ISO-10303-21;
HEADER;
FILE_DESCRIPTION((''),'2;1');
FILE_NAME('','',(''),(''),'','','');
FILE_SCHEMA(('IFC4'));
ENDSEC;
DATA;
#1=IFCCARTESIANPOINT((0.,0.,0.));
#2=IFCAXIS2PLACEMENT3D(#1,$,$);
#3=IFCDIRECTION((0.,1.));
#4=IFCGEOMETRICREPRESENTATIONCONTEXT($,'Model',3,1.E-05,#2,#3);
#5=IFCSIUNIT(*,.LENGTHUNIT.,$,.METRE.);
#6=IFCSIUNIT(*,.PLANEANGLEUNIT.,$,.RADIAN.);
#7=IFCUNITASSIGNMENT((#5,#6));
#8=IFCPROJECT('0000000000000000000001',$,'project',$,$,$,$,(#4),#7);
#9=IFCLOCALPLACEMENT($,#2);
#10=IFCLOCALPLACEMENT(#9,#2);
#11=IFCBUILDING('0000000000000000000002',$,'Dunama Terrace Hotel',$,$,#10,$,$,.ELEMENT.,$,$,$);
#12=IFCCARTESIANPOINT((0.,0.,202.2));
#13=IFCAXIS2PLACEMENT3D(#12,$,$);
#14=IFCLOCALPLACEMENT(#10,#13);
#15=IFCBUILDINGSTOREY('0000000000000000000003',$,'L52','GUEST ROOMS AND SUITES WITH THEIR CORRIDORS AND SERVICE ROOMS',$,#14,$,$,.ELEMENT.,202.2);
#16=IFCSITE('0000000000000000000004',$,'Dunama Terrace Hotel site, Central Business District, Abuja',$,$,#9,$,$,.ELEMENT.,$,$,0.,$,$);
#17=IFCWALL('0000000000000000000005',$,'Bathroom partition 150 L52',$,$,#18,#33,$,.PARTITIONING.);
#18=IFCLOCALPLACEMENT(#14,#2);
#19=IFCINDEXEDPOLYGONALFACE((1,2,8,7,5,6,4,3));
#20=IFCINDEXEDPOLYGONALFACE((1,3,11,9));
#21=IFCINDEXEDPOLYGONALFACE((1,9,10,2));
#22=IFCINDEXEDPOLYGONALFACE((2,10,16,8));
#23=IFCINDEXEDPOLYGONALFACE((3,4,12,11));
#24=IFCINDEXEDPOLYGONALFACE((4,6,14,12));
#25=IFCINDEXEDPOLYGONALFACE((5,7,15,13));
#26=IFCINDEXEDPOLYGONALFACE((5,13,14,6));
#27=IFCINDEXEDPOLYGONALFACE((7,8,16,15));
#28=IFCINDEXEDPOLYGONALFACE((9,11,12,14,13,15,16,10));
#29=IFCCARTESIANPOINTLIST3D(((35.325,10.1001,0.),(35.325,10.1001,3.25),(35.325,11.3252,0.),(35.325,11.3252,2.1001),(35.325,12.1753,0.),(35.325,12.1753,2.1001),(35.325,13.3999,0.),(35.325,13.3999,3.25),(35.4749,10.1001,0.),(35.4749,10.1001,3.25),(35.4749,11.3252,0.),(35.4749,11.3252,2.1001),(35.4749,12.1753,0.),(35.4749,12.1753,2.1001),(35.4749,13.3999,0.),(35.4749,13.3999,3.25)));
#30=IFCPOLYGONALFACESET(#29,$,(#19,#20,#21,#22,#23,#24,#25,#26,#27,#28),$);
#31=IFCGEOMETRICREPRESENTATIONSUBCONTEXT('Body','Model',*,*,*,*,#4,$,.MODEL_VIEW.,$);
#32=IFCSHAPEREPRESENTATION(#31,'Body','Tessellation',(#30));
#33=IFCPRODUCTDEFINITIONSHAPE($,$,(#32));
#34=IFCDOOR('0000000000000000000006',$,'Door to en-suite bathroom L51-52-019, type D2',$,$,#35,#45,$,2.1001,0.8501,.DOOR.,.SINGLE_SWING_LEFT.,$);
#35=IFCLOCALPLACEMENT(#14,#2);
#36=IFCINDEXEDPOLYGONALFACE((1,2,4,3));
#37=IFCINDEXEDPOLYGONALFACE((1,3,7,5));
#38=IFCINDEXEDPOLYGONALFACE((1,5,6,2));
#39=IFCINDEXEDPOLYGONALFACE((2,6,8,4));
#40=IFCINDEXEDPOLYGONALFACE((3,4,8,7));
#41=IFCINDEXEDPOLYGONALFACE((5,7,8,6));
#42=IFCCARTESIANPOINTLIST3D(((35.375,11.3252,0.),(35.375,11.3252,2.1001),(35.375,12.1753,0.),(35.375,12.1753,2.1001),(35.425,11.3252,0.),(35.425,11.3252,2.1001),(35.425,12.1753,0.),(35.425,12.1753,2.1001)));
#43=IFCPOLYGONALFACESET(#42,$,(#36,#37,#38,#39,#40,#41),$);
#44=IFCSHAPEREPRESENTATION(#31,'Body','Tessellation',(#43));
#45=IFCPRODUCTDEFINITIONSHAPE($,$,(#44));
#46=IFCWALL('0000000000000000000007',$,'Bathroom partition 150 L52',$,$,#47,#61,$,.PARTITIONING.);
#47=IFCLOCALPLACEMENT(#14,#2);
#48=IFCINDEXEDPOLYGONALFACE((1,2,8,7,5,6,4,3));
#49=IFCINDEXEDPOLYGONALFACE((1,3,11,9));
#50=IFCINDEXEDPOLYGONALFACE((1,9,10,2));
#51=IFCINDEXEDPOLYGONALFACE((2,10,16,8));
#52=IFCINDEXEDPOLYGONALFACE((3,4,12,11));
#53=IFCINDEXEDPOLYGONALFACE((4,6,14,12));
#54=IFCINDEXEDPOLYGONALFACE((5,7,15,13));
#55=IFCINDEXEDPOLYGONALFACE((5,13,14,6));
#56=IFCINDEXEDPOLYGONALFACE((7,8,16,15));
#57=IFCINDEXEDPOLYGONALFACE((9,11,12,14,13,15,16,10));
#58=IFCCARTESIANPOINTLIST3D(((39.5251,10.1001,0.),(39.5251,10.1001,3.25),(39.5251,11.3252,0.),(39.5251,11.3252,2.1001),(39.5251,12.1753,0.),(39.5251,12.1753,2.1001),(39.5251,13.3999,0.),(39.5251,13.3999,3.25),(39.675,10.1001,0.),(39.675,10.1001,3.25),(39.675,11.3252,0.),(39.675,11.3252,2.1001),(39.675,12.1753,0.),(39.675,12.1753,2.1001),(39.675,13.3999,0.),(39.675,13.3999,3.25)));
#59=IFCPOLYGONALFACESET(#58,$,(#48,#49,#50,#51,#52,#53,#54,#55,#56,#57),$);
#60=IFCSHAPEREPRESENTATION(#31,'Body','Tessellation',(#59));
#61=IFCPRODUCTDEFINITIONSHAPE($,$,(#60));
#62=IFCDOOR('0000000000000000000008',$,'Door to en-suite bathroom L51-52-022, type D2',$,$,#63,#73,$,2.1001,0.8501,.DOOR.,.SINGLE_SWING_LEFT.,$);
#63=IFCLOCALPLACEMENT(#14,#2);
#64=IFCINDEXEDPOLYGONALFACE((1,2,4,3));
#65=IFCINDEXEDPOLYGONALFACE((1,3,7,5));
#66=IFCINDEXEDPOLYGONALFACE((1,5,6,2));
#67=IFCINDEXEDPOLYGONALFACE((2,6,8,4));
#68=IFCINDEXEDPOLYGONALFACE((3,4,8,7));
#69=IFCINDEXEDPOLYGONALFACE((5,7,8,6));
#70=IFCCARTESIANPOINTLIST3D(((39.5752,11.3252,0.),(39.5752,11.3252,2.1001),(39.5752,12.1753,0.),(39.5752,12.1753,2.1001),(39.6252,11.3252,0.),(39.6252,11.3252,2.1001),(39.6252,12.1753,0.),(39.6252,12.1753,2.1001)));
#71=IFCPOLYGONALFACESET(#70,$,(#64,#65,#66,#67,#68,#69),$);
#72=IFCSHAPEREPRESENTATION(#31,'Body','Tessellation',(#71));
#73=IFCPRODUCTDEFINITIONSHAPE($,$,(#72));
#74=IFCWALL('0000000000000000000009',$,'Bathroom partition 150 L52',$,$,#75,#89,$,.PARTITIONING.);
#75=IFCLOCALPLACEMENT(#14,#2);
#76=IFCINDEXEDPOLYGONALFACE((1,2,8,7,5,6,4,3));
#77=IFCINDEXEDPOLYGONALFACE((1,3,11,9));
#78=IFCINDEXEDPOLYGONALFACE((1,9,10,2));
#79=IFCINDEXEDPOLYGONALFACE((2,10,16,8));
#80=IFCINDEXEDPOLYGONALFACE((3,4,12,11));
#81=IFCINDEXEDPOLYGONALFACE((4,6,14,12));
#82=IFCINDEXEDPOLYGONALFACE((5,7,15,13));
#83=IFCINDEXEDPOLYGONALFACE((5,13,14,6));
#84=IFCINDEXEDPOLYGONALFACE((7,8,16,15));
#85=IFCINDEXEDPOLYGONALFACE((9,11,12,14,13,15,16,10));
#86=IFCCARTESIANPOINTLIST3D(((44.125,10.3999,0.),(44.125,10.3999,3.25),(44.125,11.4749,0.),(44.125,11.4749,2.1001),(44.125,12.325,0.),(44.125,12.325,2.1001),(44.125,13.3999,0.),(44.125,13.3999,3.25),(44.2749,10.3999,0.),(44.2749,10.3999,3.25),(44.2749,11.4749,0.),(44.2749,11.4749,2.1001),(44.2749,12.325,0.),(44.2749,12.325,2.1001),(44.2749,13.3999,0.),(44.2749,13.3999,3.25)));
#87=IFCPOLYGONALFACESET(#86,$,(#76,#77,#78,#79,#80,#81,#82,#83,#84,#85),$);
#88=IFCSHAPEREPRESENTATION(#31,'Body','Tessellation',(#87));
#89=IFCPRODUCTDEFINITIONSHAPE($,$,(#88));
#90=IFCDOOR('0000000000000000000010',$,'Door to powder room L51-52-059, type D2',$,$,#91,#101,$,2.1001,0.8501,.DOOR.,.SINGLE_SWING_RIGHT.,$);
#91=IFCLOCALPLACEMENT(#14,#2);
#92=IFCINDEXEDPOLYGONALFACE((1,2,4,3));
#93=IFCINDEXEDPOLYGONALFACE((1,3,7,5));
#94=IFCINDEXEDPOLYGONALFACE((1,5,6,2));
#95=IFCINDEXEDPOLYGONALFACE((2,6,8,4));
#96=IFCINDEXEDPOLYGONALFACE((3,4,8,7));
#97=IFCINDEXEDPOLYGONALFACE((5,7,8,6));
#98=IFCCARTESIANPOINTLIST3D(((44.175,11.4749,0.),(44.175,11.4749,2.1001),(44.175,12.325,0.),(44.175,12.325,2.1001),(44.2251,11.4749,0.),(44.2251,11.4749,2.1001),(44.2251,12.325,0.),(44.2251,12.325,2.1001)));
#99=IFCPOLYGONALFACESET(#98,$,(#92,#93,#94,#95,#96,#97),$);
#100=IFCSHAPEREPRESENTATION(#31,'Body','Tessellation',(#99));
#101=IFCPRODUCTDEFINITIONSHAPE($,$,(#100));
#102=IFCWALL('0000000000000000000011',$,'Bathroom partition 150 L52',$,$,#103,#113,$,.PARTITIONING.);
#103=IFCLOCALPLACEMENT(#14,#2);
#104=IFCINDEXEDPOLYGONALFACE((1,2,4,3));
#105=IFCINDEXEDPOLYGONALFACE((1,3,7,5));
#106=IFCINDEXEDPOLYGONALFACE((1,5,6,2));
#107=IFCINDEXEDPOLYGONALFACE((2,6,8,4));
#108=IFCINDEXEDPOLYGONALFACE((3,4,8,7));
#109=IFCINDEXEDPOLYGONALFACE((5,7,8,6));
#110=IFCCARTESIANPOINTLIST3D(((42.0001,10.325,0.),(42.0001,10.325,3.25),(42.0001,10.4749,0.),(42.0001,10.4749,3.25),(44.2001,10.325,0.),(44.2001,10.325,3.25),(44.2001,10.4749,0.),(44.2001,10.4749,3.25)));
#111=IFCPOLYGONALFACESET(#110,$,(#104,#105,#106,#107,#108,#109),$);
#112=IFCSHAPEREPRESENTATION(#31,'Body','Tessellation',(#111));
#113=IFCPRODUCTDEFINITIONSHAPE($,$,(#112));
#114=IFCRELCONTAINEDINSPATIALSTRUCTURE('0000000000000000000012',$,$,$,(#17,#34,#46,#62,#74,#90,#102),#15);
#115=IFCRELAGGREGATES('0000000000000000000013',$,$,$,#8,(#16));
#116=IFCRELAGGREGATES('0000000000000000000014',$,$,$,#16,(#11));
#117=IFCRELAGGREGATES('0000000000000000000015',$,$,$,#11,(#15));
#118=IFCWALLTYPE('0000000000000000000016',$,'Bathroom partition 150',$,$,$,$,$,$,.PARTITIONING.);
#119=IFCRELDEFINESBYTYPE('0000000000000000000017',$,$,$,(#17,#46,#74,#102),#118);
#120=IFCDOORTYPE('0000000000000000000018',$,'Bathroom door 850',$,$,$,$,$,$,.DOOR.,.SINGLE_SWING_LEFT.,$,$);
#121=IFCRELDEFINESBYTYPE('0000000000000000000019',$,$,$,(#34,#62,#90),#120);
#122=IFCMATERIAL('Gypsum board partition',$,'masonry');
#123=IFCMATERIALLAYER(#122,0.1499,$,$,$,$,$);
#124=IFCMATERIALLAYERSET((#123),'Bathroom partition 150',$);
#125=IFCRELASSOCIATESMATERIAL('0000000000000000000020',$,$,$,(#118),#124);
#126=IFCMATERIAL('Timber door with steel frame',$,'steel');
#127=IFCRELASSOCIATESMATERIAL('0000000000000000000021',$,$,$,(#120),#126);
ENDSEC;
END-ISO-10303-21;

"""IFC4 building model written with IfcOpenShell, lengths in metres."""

from ifc_helpers import new_model, si_unit, direction, frame, frame_2d, origin, place, context, subcontext, project, spatial, rectangle, extrude, material, layer, layer_set, type_object, element, fill, save


model = new_model("IFC4")

# Units and contexts
model_context = context("Model", 3, precision=1e-05, world=origin(), true_north=direction((0.0, 1.0)))
body_context = subcontext(model_context, "Body", "Model", "MODEL_VIEW")
ifc_project = project(units=[si_unit("LENGTHUNIT", "METRE"), si_unit("PLANEANGLEUNIT", "RADIAN")], contexts=[model_context])

# Site, building, storey
site_placement = place(None, origin())
site = spatial("IfcSite", under=ifc_project, at=site_placement, Name="Dunama Terrace Hotel site, Central Business District, Abuja", CompositionType="ELEMENT", RefElevation=0.0)
building_placement = place(site_placement, origin())
building = spatial("IfcBuilding", under=site, at=building_placement, Name="Dunama Terrace Hotel", CompositionType="ELEMENT")
storey_placement = place(building_placement, frame((0.0, 0.0, 202.2)))
storey = spatial("IfcBuildingStorey", under=building, at=storey_placement, Name="L52", Description="GUEST ROOMS AND SUITES WITH THEIR CORRIDORS AND SERVICE ROOMS", CompositionType="ELEMENT", Elevation=202.2)

# Walls, openings, doors
ifc_material_1 = material(Name="Gypsum board partition", Category="masonry")
ifc_layer_1 = layer(ifc_material_1, 0.1499)
ifc_layer_set_1 = layer_set([ifc_layer_1], Name="Bathroom partition 150")
wall_type_1 = type_object("IfcWallType", Name="Bathroom partition 150", PredefinedType="PARTITIONING", material=ifc_layer_set_1)
wall_1_placement = place(storey_placement, frame((35.3999, 10.1001, 0.0), z_axis=(0.0, 0.0, 1.0), x_axis=(0.0, 1.0, 0.0)))
wall_1 = element("IfcWall", 1, at=wall_1_placement, inside=storey, type_object=wall_type_1, Name="Bathroom partition 150 L52", PredefinedType="PARTITIONING", context=body_context, shape_type="SweptSolid", body=[
    extrude(rectangle(XDim=3.2998, YDim=0.1499, at=frame_2d((1.6499, 0.0))), origin(), (0.0, 0.0, 1.0), 3.25),
])
opening_1_placement = place(wall_1_placement, frame((1.2251, 0.0, 0.0)))
opening_1 = element("IfcOpeningElement", 2, at=opening_1_placement, cuts=wall_1, PredefinedType="OPENING", context=body_context, shape_type="SweptSolid", body=[
    extrude(rectangle(XDim=0.8501, YDim=2.1001, at=frame_2d((0.425, 1.05))), frame((0.0, 0.085, 0.0), z_axis=(0.0, -1.0, 0.0), x_axis=(1.0, 0.0, 0.0)), (0.0, 0.0, 1.0), 0.1699),
])
ifc_material_2 = material(Name="Timber door with steel frame", Category="steel")
door_type_1 = type_object("IfcDoorType", Name="Bathroom door 850", OperationType="SINGLE_SWING_LEFT", PredefinedType="DOOR", material=ifc_material_2)
door_1_placement = place(opening_1_placement, frame((0.8501, 0.0, 0.0), z_axis=(0.0, 0.0, 1.0), x_axis=(-1.0, 0.0, 0.0)))
door_1 = element("IfcDoor", 3, at=door_1_placement, inside=storey, type_object=door_type_1, Name="Door to en-suite bathroom L51-52-019, type D2", OperationType="SINGLE_SWING_LEFT", OverallHeight=2.1001, OverallWidth=0.8501, PredefinedType="DOOR", context=body_context, shape_type="SweptSolid", body=[
    extrude(rectangle(XDim=0.8501, YDim=2.1001, at=frame_2d((0.425, 1.05))), frame((0.0, 0.0251, 0.0), z_axis=(0.0, -1.0, 0.0), x_axis=(1.0, 0.0, 0.0)), (0.0, 0.0, 1.0), 0.05),
])
fill(opening_1, door_1)
wall_2_placement = place(storey_placement, frame((39.6001, 10.1001, 0.0), z_axis=(0.0, 0.0, 1.0), x_axis=(0.0, 1.0, 0.0)))
wall_2 = element("IfcWall", 4, at=wall_2_placement, inside=storey, type_object=wall_type_1, Name="Bathroom partition 150 L52", PredefinedType="PARTITIONING", context=body_context, shape_type="SweptSolid", body=[
    extrude(rectangle(XDim=3.2998, YDim=0.1499, at=frame_2d((1.6499, 0.0))), origin(), (0.0, 0.0, 1.0), 3.25),
])
opening_2_placement = place(wall_2_placement, frame((1.2251, 0.0, 0.0)))
opening_2 = element("IfcOpeningElement", 5, at=opening_2_placement, cuts=wall_2, PredefinedType="OPENING", context=body_context, shape_type="SweptSolid", body=[
    extrude(rectangle(XDim=0.8501, YDim=2.1001, at=frame_2d((0.425, 1.05))), frame((0.0, 0.085, 0.0), z_axis=(0.0, -1.0, 0.0), x_axis=(1.0, 0.0, 0.0)), (0.0, 0.0, 1.0), 0.1699),
])
door_2_placement = place(opening_2_placement, frame((0.8501, 0.0, 0.0), z_axis=(0.0, 0.0, 1.0), x_axis=(-1.0, 0.0, 0.0)))
door_2 = element("IfcDoor", 6, at=door_2_placement, inside=storey, type_object=door_type_1, Name="Door to en-suite bathroom L51-52-022, type D2", OperationType="SINGLE_SWING_LEFT", OverallHeight=2.1001, OverallWidth=0.8501, PredefinedType="DOOR", context=body_context, shape_type="SweptSolid", body=[
    extrude(rectangle(XDim=0.8501, YDim=2.1001, at=frame_2d((0.425, 1.05))), frame((0.0, 0.0251, 0.0), z_axis=(0.0, -1.0, 0.0), x_axis=(1.0, 0.0, 0.0)), (0.0, 0.0, 1.0), 0.05),
])
fill(opening_2, door_2)
wall_3_placement = place(storey_placement, frame((44.2, 10.3999, 0.0), z_axis=(0.0, 0.0, 1.0), x_axis=(0.0, 1.0, 0.0)))
wall_3 = element("IfcWall", 7, at=wall_3_placement, inside=storey, type_object=wall_type_1, Name="Bathroom partition 150 L52", PredefinedType="PARTITIONING", context=body_context, shape_type="SweptSolid", body=[
    extrude(rectangle(XDim=3.0, YDim=0.1499, at=frame_2d((1.5, 0.0))), origin(), (0.0, 0.0, 1.0), 3.25),
])
opening_3_placement = place(wall_3_placement, frame((1.075, 0.0, 0.0)))
opening_3 = element("IfcOpeningElement", 8, at=opening_3_placement, cuts=wall_3, PredefinedType="OPENING", context=body_context, shape_type="SweptSolid", body=[
    extrude(rectangle(XDim=0.8501, YDim=2.1001, at=frame_2d((0.425, 1.05))), frame((0.0, 0.085, 0.0), z_axis=(0.0, -1.0, 0.0), x_axis=(1.0, 0.0, 0.0)), (0.0, 0.0, 1.0), 0.1699),
])
door_3_placement = place(opening_3_placement, origin())
door_3 = element("IfcDoor", 9, at=door_3_placement, inside=storey, type_object=door_type_1, Name="Door to powder room L51-52-059, type D2", OperationType="SINGLE_SWING_RIGHT", OverallHeight=2.1001, OverallWidth=0.8501, PredefinedType="DOOR", context=body_context, shape_type="SweptSolid", body=[
    extrude(rectangle(XDim=0.8501, YDim=2.1001, at=frame_2d((0.425, 1.05))), frame((0.0, 0.0249, 0.0), z_axis=(0.0, -1.0, 0.0), x_axis=(1.0, 0.0, 0.0)), (0.0, 0.0, 1.0), 0.05),
])
fill(opening_3, door_3)

# Wall
wall_4_placement = place(storey_placement, frame((42.0, 10.3999, 0.0), z_axis=(0.0, 0.0, 1.0), x_axis=(1.0, 0.0, 0.0)))
element("IfcWall", 10, at=wall_4_placement, inside=storey, type_object=wall_type_1, Name="Bathroom partition 150 L52", PredefinedType="PARTITIONING", context=body_context, shape_type="SweptSolid", body=[
    extrude(rectangle(XDim=2.2, YDim=0.1499, at=frame_2d((1.1001, 0.0))), origin(), (0.0, 0.0, 1.0), 3.25),
])

save(model, "model.ifc")
